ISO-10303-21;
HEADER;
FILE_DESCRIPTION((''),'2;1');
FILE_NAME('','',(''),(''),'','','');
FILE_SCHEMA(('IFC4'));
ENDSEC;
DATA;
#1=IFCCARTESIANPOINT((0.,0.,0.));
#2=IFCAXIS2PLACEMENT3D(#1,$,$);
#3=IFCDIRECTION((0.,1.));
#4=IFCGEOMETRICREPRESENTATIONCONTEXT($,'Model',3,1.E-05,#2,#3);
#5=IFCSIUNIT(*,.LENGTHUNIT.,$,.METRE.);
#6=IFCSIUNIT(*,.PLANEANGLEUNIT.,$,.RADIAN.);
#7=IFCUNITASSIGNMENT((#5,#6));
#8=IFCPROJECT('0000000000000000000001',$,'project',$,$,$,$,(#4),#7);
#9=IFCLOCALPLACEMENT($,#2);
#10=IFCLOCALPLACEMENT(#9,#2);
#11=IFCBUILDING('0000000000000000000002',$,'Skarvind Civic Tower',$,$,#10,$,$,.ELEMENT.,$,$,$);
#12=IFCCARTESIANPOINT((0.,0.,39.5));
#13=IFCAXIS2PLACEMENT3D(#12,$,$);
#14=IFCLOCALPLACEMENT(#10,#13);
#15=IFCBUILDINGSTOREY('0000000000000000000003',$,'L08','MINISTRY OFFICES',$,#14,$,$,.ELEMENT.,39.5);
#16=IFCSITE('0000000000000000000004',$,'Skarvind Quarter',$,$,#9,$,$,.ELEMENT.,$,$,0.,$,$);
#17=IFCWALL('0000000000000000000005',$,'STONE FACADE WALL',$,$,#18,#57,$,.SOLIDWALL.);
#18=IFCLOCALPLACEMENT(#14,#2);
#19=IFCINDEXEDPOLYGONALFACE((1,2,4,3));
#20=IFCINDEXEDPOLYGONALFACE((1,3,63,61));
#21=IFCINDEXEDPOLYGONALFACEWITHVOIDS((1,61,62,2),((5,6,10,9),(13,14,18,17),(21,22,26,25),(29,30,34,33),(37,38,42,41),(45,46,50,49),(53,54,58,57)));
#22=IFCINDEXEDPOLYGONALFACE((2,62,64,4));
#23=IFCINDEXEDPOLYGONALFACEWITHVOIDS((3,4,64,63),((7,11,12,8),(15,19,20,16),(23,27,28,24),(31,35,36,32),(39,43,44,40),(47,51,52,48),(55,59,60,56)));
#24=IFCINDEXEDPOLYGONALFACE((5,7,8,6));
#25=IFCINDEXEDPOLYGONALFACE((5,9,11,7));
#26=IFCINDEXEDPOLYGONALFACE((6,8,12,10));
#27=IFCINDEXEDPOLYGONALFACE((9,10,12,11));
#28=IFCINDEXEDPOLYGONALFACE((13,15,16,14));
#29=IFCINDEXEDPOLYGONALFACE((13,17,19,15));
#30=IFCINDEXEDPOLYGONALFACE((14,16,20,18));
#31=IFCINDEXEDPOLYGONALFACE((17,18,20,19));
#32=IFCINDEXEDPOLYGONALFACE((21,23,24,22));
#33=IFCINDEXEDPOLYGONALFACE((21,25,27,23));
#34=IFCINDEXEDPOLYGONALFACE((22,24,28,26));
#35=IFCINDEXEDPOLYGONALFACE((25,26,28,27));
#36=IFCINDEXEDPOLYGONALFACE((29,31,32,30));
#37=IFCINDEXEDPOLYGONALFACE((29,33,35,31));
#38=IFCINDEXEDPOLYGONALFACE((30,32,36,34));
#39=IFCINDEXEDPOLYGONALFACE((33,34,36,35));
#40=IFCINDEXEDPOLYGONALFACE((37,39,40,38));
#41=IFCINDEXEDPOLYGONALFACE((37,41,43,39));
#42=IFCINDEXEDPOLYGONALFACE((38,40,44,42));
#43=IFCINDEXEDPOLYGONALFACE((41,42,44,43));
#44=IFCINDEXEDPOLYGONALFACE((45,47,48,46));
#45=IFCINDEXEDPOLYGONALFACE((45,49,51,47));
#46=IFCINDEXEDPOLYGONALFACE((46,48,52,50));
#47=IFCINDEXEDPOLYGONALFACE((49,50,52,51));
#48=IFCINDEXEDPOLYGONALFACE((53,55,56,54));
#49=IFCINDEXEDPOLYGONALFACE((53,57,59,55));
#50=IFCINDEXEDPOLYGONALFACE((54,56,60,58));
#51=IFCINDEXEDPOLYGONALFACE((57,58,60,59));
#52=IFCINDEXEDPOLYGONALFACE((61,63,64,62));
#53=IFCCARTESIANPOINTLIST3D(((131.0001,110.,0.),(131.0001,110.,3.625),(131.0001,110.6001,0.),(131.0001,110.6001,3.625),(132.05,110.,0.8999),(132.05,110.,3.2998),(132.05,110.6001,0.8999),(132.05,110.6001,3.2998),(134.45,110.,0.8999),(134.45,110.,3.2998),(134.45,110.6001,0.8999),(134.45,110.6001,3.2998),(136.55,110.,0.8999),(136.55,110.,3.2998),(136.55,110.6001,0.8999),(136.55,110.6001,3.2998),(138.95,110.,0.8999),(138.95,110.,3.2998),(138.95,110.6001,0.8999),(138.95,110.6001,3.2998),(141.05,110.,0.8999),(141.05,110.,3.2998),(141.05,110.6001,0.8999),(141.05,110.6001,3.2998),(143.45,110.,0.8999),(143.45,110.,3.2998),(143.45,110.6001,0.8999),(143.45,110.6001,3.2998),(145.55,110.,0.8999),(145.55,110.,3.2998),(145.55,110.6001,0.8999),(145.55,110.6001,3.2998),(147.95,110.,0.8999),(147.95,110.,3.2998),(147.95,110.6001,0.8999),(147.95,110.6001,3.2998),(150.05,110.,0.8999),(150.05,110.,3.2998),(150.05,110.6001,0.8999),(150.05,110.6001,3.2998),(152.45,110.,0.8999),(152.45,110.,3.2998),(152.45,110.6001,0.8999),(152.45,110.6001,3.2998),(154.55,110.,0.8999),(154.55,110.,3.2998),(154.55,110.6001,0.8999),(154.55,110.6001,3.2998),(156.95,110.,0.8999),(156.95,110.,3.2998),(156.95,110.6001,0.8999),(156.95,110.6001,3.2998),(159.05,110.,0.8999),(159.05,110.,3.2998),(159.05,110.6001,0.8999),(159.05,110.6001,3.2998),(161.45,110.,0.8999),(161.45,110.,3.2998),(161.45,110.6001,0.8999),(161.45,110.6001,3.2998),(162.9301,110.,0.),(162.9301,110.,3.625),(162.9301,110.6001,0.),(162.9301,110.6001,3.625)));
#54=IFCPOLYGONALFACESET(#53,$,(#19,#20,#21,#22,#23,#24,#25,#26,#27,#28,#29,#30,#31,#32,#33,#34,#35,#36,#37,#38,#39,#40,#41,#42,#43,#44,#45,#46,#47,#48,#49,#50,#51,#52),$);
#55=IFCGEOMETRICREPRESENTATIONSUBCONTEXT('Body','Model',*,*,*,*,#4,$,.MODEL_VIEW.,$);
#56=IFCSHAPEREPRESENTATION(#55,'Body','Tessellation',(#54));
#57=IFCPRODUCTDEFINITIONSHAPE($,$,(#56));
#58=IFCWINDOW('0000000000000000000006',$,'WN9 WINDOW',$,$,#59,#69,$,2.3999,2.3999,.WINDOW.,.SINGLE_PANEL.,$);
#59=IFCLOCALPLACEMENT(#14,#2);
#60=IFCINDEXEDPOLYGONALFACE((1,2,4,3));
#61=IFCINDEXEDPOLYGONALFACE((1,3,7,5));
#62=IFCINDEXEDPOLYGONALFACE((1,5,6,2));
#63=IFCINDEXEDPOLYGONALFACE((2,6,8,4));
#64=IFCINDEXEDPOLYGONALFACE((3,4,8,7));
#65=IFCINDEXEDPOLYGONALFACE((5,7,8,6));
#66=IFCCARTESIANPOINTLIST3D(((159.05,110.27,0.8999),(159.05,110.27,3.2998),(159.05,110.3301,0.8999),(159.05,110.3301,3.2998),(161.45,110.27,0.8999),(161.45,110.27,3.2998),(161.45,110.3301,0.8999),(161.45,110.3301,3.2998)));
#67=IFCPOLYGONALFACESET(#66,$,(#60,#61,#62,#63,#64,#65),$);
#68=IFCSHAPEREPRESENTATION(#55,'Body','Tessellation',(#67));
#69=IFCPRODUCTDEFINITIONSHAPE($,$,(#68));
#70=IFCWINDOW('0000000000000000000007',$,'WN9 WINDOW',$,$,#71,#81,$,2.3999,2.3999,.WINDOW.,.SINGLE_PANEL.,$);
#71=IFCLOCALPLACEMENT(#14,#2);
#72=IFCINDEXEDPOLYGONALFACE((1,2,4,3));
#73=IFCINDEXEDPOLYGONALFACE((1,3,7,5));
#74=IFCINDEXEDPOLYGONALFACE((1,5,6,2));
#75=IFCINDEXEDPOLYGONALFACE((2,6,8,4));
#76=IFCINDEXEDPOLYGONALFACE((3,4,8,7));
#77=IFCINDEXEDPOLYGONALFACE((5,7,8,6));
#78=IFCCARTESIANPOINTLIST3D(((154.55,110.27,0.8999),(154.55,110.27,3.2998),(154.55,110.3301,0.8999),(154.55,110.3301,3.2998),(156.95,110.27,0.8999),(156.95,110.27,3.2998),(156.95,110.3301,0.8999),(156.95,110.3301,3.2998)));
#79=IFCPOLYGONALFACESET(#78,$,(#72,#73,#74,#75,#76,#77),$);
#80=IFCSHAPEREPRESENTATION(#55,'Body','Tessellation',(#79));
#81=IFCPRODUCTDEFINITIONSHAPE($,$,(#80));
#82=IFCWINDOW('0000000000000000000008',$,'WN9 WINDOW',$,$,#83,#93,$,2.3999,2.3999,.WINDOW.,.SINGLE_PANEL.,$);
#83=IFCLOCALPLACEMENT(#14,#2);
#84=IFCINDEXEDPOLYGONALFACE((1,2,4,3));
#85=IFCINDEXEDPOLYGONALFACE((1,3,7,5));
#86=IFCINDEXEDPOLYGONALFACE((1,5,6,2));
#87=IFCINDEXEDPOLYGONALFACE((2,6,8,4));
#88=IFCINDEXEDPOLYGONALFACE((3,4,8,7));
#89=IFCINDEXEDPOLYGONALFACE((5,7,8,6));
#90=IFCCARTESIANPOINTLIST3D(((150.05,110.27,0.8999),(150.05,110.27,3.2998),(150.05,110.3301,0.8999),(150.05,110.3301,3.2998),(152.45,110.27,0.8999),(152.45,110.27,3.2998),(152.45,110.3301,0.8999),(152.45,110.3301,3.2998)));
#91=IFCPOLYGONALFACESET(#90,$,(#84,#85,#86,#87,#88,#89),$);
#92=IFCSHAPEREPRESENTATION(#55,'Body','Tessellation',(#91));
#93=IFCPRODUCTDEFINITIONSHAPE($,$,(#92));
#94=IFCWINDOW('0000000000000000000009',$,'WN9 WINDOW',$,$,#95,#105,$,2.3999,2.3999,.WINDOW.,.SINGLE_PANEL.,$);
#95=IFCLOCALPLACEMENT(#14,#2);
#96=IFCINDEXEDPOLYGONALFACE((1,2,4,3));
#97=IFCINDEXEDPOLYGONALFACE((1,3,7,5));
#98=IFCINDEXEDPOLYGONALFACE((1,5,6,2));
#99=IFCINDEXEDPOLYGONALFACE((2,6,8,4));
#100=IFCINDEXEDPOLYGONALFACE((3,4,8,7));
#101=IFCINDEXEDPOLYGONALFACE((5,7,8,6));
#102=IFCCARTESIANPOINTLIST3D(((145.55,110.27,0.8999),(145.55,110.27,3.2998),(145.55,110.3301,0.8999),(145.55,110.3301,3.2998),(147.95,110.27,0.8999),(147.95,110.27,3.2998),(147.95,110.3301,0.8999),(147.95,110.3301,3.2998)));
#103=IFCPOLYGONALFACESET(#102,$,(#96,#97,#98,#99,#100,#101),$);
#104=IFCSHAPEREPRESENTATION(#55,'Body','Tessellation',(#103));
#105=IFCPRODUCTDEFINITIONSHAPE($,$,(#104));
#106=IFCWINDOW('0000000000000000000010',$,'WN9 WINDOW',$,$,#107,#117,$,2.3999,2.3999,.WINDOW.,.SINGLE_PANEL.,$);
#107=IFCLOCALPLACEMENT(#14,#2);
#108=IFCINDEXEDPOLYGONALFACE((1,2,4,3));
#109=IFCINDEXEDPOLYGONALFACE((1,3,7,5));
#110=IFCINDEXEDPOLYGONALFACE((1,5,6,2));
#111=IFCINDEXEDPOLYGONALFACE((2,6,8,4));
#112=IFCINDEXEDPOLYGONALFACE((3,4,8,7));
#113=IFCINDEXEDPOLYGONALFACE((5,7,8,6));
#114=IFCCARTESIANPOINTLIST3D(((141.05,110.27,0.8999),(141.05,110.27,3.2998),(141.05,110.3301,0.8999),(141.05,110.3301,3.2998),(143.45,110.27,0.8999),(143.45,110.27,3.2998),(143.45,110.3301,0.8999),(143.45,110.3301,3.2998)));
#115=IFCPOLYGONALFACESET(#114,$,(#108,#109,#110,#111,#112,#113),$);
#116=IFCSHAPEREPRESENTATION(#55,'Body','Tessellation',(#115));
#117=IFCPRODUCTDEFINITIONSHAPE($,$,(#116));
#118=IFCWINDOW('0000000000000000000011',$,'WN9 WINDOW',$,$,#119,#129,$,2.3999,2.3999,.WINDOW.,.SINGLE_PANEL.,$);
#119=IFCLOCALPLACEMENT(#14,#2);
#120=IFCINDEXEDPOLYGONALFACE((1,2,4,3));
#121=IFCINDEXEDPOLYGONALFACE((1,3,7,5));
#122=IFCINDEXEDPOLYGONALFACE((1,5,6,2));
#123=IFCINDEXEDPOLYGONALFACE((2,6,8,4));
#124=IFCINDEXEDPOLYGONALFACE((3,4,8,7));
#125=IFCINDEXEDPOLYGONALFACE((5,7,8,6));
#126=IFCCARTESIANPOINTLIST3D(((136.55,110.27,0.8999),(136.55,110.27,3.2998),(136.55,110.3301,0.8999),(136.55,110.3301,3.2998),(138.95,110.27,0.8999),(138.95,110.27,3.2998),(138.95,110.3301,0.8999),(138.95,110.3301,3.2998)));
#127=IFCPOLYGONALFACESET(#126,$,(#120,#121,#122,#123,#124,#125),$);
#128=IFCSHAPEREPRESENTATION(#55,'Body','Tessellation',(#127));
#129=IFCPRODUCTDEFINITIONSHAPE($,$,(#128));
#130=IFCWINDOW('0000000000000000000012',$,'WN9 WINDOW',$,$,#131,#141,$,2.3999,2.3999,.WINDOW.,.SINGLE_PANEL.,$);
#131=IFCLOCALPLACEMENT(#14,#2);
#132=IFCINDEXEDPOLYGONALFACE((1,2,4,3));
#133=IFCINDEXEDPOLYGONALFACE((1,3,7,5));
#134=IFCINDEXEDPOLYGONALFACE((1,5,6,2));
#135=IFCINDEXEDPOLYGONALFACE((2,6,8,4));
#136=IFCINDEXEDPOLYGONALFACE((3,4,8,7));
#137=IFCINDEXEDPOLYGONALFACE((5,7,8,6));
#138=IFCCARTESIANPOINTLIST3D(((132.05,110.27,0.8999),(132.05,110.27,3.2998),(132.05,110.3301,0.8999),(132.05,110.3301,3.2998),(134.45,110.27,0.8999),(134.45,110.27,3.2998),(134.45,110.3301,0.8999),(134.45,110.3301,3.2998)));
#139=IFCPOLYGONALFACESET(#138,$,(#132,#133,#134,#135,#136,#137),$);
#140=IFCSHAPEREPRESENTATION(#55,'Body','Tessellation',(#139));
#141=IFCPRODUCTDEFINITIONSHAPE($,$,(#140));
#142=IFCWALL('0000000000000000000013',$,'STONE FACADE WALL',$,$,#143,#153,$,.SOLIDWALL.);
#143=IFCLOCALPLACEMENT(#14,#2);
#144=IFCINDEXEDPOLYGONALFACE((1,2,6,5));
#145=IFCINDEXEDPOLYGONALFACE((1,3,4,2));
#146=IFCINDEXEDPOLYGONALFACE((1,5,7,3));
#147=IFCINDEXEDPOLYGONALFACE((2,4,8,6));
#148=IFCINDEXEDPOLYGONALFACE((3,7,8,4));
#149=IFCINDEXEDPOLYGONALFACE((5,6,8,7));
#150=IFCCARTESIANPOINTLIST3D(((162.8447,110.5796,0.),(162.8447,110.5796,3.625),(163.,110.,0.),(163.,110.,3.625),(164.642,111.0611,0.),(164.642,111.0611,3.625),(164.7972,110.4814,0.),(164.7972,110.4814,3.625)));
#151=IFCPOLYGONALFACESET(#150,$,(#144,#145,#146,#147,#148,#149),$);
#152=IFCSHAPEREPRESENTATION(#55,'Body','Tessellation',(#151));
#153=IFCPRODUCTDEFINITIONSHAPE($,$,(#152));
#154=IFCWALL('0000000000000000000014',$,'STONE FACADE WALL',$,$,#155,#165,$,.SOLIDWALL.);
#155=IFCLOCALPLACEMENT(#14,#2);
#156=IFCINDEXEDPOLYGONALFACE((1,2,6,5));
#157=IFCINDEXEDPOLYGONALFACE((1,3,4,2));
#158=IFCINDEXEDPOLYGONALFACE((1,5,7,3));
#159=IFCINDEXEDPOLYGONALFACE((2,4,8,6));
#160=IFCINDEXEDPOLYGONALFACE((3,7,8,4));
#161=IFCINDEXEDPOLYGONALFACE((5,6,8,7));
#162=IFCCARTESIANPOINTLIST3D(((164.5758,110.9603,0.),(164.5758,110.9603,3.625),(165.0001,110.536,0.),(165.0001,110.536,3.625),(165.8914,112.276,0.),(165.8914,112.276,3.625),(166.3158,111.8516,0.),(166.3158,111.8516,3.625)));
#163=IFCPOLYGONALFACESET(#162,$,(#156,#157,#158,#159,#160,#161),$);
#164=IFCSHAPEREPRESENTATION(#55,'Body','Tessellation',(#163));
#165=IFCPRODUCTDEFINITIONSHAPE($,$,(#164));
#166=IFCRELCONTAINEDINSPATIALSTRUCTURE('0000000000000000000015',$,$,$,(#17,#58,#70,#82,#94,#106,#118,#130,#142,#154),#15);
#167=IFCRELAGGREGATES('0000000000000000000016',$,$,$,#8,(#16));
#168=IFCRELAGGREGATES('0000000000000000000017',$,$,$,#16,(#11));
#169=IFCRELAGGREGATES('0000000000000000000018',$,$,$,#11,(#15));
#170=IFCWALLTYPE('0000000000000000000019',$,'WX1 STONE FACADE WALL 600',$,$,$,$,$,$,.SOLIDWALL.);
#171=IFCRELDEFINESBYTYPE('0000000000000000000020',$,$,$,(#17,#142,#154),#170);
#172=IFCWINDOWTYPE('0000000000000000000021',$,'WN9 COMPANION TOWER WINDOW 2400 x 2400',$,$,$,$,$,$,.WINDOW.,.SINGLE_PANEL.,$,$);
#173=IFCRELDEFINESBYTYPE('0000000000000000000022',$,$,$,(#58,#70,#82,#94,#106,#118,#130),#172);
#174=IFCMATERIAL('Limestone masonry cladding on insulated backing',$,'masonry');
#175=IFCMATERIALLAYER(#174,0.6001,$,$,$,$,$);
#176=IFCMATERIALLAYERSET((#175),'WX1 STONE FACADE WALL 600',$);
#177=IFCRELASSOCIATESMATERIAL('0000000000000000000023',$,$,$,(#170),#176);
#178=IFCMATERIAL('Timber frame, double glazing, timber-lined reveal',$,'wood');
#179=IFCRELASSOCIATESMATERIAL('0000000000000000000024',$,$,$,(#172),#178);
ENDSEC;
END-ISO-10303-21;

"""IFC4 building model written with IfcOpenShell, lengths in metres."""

from ifc_helpers import new_model, si_unit, direction, frame, frame_2d, origin, place, context, subcontext, project, spatial, rectangle, extrude, material, layer, layer_set, type_object, element, fill, save


model = new_model("IFC4")

# Units and contexts
model_context = context("Model", 3, precision=1e-05, world=origin(), true_north=direction((0.0, 1.0)))
body_context = subcontext(model_context, "Body", "Model", "MODEL_VIEW")
ifc_project = project(units=[si_unit("LENGTHUNIT", "METRE"), si_unit("PLANEANGLEUNIT", "RADIAN")], contexts=[model_context])

# Site, building, storey
site_placement = place(None, origin())
site = spatial("IfcSite", under=ifc_project, at=site_placement, Name="Skarvind Quarter", CompositionType="ELEMENT", RefElevation=0.0)
building_placement = place(site_placement, origin())
building = spatial("IfcBuilding", under=site, at=building_placement, Name="Skarvind Civic Tower", CompositionType="ELEMENT")
storey_placement = place(building_placement, frame((0.0, 0.0, 39.5)))
storey = spatial("IfcBuildingStorey", under=building, at=storey_placement, Name="L08", Description="MINISTRY OFFICES", CompositionType="ELEMENT", Elevation=39.5)

# Wall, openings, windows
ifc_material_1 = material(Name="Limestone masonry cladding on insulated backing", Category="masonry")
ifc_layer_1 = layer(ifc_material_1, 0.6001)
ifc_layer_set_1 = layer_set([ifc_layer_1], Name="WX1 STONE FACADE WALL 600")
wall_type_1 = type_object("IfcWallType", Name="WX1 STONE FACADE WALL 600", PredefinedType="SOLIDWALL", material=ifc_layer_set_1)
wall_1_placement = place(storey_placement, frame((162.9299, 110.3, 0.0), z_axis=(0.0, 0.0, 1.0), x_axis=(-1.0, 0.0, 0.0)))
wall_1 = element("IfcWall", 1, at=wall_1_placement, inside=storey, type_object=wall_type_1, Name="STONE FACADE WALL", PredefinedType="SOLIDWALL", context=body_context, shape_type="SweptSolid", body=[
    extrude(rectangle(XDim=31.9299, YDim=0.6001, at=frame_2d((15.9648, 0.0))), origin(), (0.0, 0.0, 1.0), 3.625),
])
opening_1_placement = place(wall_1_placement, frame((1.48, 0.0, 0.8999)))
opening_1 = element("IfcOpeningElement", 2, at=opening_1_placement, cuts=wall_1, PredefinedType="OPENING", context=body_context, shape_type="SweptSolid", body=[
    extrude(rectangle(XDim=2.3999, YDim=2.3999, at=frame_2d((1.2, 1.2))), frame((0.0, 0.3101, 0.0), z_axis=(0.0, -1.0, 0.0), x_axis=(1.0, 0.0, 0.0)), (0.0, 0.0, 1.0), 0.6201),
])
opening_2_placement = place(wall_1_placement, frame((5.98, 0.0, 0.8999)))
opening_2 = element("IfcOpeningElement", 3, at=opening_2_placement, cuts=wall_1, PredefinedType="OPENING", context=body_context, shape_type="SweptSolid", body=[
    extrude(rectangle(XDim=2.3999, YDim=2.3999, at=frame_2d((1.2, 1.2))), frame((0.0, 0.3101, 0.0), z_axis=(0.0, -1.0, 0.0), x_axis=(1.0, 0.0, 0.0)), (0.0, 0.0, 1.0), 0.6201),
])
opening_3_placement = place(wall_1_placement, frame((10.48, 0.0, 0.8999)))
opening_3 = element("IfcOpeningElement", 4, at=opening_3_placement, cuts=wall_1, PredefinedType="OPENING", context=body_context, shape_type="SweptSolid", body=[
    extrude(rectangle(XDim=2.3999, YDim=2.3999, at=frame_2d((1.2, 1.2))), frame((0.0, 0.3101, 0.0), z_axis=(0.0, -1.0, 0.0), x_axis=(1.0, 0.0, 0.0)), (0.0, 0.0, 1.0), 0.6201),
])
opening_4_placement = place(wall_1_placement, frame((14.98, 0.0, 0.8999)))
opening_4 = element("IfcOpeningElement", 5, at=opening_4_placement, cuts=wall_1, PredefinedType="OPENING", context=body_context, shape_type="SweptSolid", body=[
    extrude(rectangle(XDim=2.3999, YDim=2.3999, at=frame_2d((1.2, 1.2))), frame((0.0, 0.3101, 0.0), z_axis=(0.0, -1.0, 0.0), x_axis=(1.0, 0.0, 0.0)), (0.0, 0.0, 1.0), 0.6201),
])
opening_5_placement = place(wall_1_placement, frame((19.48, 0.0, 0.8999)))
opening_5 = element("IfcOpeningElement", 6, at=opening_5_placement, cuts=wall_1, PredefinedType="OPENING", context=body_context, shape_type="SweptSolid", body=[
    extrude(rectangle(XDim=2.3999, YDim=2.3999, at=frame_2d((1.2, 1.2))), frame((0.0, 0.3101, 0.0), z_axis=(0.0, -1.0, 0.0), x_axis=(1.0, 0.0, 0.0)), (0.0, 0.0, 1.0), 0.6201),
])
opening_6_placement = place(wall_1_placement, frame((23.98, 0.0, 0.8999)))
opening_6 = element("IfcOpeningElement", 7, at=opening_6_placement, cuts=wall_1, PredefinedType="OPENING", context=body_context, shape_type="SweptSolid", body=[
    extrude(rectangle(XDim=2.3999, YDim=2.3999, at=frame_2d((1.2, 1.2))), frame((0.0, 0.3101, 0.0), z_axis=(0.0, -1.0, 0.0), x_axis=(1.0, 0.0, 0.0)), (0.0, 0.0, 1.0), 0.6201),
])
opening_7_placement = place(wall_1_placement, frame((28.48, 0.0, 0.8999)))
opening_7 = element("IfcOpeningElement", 8, at=opening_7_placement, cuts=wall_1, PredefinedType="OPENING", context=body_context, shape_type="SweptSolid", body=[
    extrude(rectangle(XDim=2.3999, YDim=2.3999, at=frame_2d((1.2, 1.2))), frame((0.0, 0.3101, 0.0), z_axis=(0.0, -1.0, 0.0), x_axis=(1.0, 0.0, 0.0)), (0.0, 0.0, 1.0), 0.6201),
])
ifc_material_2 = material(Name="Timber frame, double glazing, timber-lined reveal", Category="wood")
window_type = type_object("IfcWindowType", Name="WN9 COMPANION TOWER WINDOW 2400 x 2400", PartitioningType="SINGLE_PANEL", PredefinedType="WINDOW", material=ifc_material_2)
window_1_placement = place(opening_1_placement, origin())
window_1 = element("IfcWindow", 9, at=window_1_placement, inside=storey, type_object=window_type, Name="WN9 WINDOW", OverallHeight=2.3999, OverallWidth=2.3999, PartitioningType="SINGLE_PANEL", PredefinedType="WINDOW", context=body_context, shape_type="SweptSolid", body=[
    extrude(rectangle(XDim=2.3999, YDim=2.3999, at=frame_2d((1.2, 1.2))), frame((0.0, 0.03, 0.0), z_axis=(0.0, -1.0, 0.0), x_axis=(1.0, 0.0, 0.0)), (0.0, 0.0, 1.0), 0.0601),
])
fill(opening_1, window_1)
window_2_placement = place(opening_2_placement, origin())
window_2 = element("IfcWindow", 10, at=window_2_placement, inside=storey, type_object=window_type, Name="WN9 WINDOW", OverallHeight=2.3999, OverallWidth=2.3999, PartitioningType="SINGLE_PANEL", PredefinedType="WINDOW", context=body_context, shape_type="SweptSolid", body=[
    extrude(rectangle(XDim=2.3999, YDim=2.3999, at=frame_2d((1.2, 1.2))), frame((0.0, 0.03, 0.0), z_axis=(0.0, -1.0, 0.0), x_axis=(1.0, 0.0, 0.0)), (0.0, 0.0, 1.0), 0.0601),
])
fill(opening_2, window_2)
window_3_placement = place(opening_3_placement, origin())
window_3 = element("IfcWindow", 11, at=window_3_placement, inside=storey, type_object=window_type, Name="WN9 WINDOW", OverallHeight=2.3999, OverallWidth=2.3999, PartitioningType="SINGLE_PANEL", PredefinedType="WINDOW", context=body_context, shape_type="SweptSolid", body=[
    extrude(rectangle(XDim=2.3999, YDim=2.3999, at=frame_2d((1.2, 1.2))), frame((0.0, 0.03, 0.0), z_axis=(0.0, -1.0, 0.0), x_axis=(1.0, 0.0, 0.0)), (0.0, 0.0, 1.0), 0.0601),
])
fill(opening_3, window_3)
window_4_placement = place(opening_4_placement, origin())
window_4 = element("IfcWindow", 12, at=window_4_placement, inside=storey, type_object=window_type, Name="WN9 WINDOW", OverallHeight=2.3999, OverallWidth=2.3999, PartitioningType="SINGLE_PANEL", PredefinedType="WINDOW", context=body_context, shape_type="SweptSolid", body=[
    extrude(rectangle(XDim=2.3999, YDim=2.3999, at=frame_2d((1.2, 1.2))), frame((0.0, 0.03, 0.0), z_axis=(0.0, -1.0, 0.0), x_axis=(1.0, 0.0, 0.0)), (0.0, 0.0, 1.0), 0.0601),
])
fill(opening_4, window_4)
window_5_placement = place(opening_5_placement, origin())
window_5 = element("IfcWindow", 13, at=window_5_placement, inside=storey, type_object=window_type, Name="WN9 WINDOW", OverallHeight=2.3999, OverallWidth=2.3999, PartitioningType="SINGLE_PANEL", PredefinedType="WINDOW", context=body_context, shape_type="SweptSolid", body=[
    extrude(rectangle(XDim=2.3999, YDim=2.3999, at=frame_2d((1.2, 1.2))), frame((0.0, 0.03, 0.0), z_axis=(0.0, -1.0, 0.0), x_axis=(1.0, 0.0, 0.0)), (0.0, 0.0, 1.0), 0.0601),
])
fill(opening_5, window_5)
window_6_placement = place(opening_6_placement, origin())
window_6 = element("IfcWindow", 14, at=window_6_placement, inside=storey, type_object=window_type, Name="WN9 WINDOW", OverallHeight=2.3999, OverallWidth=2.3999, PartitioningType="SINGLE_PANEL", PredefinedType="WINDOW", context=body_context, shape_type="SweptSolid", body=[
    extrude(rectangle(XDim=2.3999, YDim=2.3999, at=frame_2d((1.2, 1.2))), frame((0.0, 0.03, 0.0), z_axis=(0.0, -1.0, 0.0), x_axis=(1.0, 0.0, 0.0)), (0.0, 0.0, 1.0), 0.0601),
])
fill(opening_6, window_6)
window_7_placement = place(opening_7_placement, origin())
window_7 = element("IfcWindow", 15, at=window_7_placement, inside=storey, type_object=window_type, Name="WN9 WINDOW", OverallHeight=2.3999, OverallWidth=2.3999, PartitioningType="SINGLE_PANEL", PredefinedType="WINDOW", context=body_context, shape_type="SweptSolid", body=[
    extrude(rectangle(XDim=2.3999, YDim=2.3999, at=frame_2d((1.2, 1.2))), frame((0.0, 0.03, 0.0), z_axis=(0.0, -1.0, 0.0), x_axis=(1.0, 0.0, 0.0)), (0.0, 0.0, 1.0), 0.0601),
])
fill(opening_7, window_7)

# Walls
for number, where, z_axis, x_axis, name in (
    (16, (164.7195, 110.7712, 0.0), (0.0, 0.0, 1.0), (-0.965938, -0.258773, 0.0), "STONE FACADE WALL"),
    (17, (166.1035, 112.0637, 0.0), (0.0, 0.0, 1.0), (-0.707107, -0.707107, 0.0), "STONE FACADE WALL"),
):
    element("IfcWall", number, at=place(storey_placement, frame(where, z_axis=z_axis, x_axis=x_axis)), inside=storey, type_object=wall_type_1, Name=name, PredefinedType="SOLIDWALL", context=body_context, shape_type="SweptSolid", body=[
        extrude(rectangle(XDim=1.8606, YDim=0.6001, at=frame_2d((0.9302, 0.0))), origin(), (0.0, 0.0, 1.0), 3.625),
    ])

save(model, "model.ifc")
